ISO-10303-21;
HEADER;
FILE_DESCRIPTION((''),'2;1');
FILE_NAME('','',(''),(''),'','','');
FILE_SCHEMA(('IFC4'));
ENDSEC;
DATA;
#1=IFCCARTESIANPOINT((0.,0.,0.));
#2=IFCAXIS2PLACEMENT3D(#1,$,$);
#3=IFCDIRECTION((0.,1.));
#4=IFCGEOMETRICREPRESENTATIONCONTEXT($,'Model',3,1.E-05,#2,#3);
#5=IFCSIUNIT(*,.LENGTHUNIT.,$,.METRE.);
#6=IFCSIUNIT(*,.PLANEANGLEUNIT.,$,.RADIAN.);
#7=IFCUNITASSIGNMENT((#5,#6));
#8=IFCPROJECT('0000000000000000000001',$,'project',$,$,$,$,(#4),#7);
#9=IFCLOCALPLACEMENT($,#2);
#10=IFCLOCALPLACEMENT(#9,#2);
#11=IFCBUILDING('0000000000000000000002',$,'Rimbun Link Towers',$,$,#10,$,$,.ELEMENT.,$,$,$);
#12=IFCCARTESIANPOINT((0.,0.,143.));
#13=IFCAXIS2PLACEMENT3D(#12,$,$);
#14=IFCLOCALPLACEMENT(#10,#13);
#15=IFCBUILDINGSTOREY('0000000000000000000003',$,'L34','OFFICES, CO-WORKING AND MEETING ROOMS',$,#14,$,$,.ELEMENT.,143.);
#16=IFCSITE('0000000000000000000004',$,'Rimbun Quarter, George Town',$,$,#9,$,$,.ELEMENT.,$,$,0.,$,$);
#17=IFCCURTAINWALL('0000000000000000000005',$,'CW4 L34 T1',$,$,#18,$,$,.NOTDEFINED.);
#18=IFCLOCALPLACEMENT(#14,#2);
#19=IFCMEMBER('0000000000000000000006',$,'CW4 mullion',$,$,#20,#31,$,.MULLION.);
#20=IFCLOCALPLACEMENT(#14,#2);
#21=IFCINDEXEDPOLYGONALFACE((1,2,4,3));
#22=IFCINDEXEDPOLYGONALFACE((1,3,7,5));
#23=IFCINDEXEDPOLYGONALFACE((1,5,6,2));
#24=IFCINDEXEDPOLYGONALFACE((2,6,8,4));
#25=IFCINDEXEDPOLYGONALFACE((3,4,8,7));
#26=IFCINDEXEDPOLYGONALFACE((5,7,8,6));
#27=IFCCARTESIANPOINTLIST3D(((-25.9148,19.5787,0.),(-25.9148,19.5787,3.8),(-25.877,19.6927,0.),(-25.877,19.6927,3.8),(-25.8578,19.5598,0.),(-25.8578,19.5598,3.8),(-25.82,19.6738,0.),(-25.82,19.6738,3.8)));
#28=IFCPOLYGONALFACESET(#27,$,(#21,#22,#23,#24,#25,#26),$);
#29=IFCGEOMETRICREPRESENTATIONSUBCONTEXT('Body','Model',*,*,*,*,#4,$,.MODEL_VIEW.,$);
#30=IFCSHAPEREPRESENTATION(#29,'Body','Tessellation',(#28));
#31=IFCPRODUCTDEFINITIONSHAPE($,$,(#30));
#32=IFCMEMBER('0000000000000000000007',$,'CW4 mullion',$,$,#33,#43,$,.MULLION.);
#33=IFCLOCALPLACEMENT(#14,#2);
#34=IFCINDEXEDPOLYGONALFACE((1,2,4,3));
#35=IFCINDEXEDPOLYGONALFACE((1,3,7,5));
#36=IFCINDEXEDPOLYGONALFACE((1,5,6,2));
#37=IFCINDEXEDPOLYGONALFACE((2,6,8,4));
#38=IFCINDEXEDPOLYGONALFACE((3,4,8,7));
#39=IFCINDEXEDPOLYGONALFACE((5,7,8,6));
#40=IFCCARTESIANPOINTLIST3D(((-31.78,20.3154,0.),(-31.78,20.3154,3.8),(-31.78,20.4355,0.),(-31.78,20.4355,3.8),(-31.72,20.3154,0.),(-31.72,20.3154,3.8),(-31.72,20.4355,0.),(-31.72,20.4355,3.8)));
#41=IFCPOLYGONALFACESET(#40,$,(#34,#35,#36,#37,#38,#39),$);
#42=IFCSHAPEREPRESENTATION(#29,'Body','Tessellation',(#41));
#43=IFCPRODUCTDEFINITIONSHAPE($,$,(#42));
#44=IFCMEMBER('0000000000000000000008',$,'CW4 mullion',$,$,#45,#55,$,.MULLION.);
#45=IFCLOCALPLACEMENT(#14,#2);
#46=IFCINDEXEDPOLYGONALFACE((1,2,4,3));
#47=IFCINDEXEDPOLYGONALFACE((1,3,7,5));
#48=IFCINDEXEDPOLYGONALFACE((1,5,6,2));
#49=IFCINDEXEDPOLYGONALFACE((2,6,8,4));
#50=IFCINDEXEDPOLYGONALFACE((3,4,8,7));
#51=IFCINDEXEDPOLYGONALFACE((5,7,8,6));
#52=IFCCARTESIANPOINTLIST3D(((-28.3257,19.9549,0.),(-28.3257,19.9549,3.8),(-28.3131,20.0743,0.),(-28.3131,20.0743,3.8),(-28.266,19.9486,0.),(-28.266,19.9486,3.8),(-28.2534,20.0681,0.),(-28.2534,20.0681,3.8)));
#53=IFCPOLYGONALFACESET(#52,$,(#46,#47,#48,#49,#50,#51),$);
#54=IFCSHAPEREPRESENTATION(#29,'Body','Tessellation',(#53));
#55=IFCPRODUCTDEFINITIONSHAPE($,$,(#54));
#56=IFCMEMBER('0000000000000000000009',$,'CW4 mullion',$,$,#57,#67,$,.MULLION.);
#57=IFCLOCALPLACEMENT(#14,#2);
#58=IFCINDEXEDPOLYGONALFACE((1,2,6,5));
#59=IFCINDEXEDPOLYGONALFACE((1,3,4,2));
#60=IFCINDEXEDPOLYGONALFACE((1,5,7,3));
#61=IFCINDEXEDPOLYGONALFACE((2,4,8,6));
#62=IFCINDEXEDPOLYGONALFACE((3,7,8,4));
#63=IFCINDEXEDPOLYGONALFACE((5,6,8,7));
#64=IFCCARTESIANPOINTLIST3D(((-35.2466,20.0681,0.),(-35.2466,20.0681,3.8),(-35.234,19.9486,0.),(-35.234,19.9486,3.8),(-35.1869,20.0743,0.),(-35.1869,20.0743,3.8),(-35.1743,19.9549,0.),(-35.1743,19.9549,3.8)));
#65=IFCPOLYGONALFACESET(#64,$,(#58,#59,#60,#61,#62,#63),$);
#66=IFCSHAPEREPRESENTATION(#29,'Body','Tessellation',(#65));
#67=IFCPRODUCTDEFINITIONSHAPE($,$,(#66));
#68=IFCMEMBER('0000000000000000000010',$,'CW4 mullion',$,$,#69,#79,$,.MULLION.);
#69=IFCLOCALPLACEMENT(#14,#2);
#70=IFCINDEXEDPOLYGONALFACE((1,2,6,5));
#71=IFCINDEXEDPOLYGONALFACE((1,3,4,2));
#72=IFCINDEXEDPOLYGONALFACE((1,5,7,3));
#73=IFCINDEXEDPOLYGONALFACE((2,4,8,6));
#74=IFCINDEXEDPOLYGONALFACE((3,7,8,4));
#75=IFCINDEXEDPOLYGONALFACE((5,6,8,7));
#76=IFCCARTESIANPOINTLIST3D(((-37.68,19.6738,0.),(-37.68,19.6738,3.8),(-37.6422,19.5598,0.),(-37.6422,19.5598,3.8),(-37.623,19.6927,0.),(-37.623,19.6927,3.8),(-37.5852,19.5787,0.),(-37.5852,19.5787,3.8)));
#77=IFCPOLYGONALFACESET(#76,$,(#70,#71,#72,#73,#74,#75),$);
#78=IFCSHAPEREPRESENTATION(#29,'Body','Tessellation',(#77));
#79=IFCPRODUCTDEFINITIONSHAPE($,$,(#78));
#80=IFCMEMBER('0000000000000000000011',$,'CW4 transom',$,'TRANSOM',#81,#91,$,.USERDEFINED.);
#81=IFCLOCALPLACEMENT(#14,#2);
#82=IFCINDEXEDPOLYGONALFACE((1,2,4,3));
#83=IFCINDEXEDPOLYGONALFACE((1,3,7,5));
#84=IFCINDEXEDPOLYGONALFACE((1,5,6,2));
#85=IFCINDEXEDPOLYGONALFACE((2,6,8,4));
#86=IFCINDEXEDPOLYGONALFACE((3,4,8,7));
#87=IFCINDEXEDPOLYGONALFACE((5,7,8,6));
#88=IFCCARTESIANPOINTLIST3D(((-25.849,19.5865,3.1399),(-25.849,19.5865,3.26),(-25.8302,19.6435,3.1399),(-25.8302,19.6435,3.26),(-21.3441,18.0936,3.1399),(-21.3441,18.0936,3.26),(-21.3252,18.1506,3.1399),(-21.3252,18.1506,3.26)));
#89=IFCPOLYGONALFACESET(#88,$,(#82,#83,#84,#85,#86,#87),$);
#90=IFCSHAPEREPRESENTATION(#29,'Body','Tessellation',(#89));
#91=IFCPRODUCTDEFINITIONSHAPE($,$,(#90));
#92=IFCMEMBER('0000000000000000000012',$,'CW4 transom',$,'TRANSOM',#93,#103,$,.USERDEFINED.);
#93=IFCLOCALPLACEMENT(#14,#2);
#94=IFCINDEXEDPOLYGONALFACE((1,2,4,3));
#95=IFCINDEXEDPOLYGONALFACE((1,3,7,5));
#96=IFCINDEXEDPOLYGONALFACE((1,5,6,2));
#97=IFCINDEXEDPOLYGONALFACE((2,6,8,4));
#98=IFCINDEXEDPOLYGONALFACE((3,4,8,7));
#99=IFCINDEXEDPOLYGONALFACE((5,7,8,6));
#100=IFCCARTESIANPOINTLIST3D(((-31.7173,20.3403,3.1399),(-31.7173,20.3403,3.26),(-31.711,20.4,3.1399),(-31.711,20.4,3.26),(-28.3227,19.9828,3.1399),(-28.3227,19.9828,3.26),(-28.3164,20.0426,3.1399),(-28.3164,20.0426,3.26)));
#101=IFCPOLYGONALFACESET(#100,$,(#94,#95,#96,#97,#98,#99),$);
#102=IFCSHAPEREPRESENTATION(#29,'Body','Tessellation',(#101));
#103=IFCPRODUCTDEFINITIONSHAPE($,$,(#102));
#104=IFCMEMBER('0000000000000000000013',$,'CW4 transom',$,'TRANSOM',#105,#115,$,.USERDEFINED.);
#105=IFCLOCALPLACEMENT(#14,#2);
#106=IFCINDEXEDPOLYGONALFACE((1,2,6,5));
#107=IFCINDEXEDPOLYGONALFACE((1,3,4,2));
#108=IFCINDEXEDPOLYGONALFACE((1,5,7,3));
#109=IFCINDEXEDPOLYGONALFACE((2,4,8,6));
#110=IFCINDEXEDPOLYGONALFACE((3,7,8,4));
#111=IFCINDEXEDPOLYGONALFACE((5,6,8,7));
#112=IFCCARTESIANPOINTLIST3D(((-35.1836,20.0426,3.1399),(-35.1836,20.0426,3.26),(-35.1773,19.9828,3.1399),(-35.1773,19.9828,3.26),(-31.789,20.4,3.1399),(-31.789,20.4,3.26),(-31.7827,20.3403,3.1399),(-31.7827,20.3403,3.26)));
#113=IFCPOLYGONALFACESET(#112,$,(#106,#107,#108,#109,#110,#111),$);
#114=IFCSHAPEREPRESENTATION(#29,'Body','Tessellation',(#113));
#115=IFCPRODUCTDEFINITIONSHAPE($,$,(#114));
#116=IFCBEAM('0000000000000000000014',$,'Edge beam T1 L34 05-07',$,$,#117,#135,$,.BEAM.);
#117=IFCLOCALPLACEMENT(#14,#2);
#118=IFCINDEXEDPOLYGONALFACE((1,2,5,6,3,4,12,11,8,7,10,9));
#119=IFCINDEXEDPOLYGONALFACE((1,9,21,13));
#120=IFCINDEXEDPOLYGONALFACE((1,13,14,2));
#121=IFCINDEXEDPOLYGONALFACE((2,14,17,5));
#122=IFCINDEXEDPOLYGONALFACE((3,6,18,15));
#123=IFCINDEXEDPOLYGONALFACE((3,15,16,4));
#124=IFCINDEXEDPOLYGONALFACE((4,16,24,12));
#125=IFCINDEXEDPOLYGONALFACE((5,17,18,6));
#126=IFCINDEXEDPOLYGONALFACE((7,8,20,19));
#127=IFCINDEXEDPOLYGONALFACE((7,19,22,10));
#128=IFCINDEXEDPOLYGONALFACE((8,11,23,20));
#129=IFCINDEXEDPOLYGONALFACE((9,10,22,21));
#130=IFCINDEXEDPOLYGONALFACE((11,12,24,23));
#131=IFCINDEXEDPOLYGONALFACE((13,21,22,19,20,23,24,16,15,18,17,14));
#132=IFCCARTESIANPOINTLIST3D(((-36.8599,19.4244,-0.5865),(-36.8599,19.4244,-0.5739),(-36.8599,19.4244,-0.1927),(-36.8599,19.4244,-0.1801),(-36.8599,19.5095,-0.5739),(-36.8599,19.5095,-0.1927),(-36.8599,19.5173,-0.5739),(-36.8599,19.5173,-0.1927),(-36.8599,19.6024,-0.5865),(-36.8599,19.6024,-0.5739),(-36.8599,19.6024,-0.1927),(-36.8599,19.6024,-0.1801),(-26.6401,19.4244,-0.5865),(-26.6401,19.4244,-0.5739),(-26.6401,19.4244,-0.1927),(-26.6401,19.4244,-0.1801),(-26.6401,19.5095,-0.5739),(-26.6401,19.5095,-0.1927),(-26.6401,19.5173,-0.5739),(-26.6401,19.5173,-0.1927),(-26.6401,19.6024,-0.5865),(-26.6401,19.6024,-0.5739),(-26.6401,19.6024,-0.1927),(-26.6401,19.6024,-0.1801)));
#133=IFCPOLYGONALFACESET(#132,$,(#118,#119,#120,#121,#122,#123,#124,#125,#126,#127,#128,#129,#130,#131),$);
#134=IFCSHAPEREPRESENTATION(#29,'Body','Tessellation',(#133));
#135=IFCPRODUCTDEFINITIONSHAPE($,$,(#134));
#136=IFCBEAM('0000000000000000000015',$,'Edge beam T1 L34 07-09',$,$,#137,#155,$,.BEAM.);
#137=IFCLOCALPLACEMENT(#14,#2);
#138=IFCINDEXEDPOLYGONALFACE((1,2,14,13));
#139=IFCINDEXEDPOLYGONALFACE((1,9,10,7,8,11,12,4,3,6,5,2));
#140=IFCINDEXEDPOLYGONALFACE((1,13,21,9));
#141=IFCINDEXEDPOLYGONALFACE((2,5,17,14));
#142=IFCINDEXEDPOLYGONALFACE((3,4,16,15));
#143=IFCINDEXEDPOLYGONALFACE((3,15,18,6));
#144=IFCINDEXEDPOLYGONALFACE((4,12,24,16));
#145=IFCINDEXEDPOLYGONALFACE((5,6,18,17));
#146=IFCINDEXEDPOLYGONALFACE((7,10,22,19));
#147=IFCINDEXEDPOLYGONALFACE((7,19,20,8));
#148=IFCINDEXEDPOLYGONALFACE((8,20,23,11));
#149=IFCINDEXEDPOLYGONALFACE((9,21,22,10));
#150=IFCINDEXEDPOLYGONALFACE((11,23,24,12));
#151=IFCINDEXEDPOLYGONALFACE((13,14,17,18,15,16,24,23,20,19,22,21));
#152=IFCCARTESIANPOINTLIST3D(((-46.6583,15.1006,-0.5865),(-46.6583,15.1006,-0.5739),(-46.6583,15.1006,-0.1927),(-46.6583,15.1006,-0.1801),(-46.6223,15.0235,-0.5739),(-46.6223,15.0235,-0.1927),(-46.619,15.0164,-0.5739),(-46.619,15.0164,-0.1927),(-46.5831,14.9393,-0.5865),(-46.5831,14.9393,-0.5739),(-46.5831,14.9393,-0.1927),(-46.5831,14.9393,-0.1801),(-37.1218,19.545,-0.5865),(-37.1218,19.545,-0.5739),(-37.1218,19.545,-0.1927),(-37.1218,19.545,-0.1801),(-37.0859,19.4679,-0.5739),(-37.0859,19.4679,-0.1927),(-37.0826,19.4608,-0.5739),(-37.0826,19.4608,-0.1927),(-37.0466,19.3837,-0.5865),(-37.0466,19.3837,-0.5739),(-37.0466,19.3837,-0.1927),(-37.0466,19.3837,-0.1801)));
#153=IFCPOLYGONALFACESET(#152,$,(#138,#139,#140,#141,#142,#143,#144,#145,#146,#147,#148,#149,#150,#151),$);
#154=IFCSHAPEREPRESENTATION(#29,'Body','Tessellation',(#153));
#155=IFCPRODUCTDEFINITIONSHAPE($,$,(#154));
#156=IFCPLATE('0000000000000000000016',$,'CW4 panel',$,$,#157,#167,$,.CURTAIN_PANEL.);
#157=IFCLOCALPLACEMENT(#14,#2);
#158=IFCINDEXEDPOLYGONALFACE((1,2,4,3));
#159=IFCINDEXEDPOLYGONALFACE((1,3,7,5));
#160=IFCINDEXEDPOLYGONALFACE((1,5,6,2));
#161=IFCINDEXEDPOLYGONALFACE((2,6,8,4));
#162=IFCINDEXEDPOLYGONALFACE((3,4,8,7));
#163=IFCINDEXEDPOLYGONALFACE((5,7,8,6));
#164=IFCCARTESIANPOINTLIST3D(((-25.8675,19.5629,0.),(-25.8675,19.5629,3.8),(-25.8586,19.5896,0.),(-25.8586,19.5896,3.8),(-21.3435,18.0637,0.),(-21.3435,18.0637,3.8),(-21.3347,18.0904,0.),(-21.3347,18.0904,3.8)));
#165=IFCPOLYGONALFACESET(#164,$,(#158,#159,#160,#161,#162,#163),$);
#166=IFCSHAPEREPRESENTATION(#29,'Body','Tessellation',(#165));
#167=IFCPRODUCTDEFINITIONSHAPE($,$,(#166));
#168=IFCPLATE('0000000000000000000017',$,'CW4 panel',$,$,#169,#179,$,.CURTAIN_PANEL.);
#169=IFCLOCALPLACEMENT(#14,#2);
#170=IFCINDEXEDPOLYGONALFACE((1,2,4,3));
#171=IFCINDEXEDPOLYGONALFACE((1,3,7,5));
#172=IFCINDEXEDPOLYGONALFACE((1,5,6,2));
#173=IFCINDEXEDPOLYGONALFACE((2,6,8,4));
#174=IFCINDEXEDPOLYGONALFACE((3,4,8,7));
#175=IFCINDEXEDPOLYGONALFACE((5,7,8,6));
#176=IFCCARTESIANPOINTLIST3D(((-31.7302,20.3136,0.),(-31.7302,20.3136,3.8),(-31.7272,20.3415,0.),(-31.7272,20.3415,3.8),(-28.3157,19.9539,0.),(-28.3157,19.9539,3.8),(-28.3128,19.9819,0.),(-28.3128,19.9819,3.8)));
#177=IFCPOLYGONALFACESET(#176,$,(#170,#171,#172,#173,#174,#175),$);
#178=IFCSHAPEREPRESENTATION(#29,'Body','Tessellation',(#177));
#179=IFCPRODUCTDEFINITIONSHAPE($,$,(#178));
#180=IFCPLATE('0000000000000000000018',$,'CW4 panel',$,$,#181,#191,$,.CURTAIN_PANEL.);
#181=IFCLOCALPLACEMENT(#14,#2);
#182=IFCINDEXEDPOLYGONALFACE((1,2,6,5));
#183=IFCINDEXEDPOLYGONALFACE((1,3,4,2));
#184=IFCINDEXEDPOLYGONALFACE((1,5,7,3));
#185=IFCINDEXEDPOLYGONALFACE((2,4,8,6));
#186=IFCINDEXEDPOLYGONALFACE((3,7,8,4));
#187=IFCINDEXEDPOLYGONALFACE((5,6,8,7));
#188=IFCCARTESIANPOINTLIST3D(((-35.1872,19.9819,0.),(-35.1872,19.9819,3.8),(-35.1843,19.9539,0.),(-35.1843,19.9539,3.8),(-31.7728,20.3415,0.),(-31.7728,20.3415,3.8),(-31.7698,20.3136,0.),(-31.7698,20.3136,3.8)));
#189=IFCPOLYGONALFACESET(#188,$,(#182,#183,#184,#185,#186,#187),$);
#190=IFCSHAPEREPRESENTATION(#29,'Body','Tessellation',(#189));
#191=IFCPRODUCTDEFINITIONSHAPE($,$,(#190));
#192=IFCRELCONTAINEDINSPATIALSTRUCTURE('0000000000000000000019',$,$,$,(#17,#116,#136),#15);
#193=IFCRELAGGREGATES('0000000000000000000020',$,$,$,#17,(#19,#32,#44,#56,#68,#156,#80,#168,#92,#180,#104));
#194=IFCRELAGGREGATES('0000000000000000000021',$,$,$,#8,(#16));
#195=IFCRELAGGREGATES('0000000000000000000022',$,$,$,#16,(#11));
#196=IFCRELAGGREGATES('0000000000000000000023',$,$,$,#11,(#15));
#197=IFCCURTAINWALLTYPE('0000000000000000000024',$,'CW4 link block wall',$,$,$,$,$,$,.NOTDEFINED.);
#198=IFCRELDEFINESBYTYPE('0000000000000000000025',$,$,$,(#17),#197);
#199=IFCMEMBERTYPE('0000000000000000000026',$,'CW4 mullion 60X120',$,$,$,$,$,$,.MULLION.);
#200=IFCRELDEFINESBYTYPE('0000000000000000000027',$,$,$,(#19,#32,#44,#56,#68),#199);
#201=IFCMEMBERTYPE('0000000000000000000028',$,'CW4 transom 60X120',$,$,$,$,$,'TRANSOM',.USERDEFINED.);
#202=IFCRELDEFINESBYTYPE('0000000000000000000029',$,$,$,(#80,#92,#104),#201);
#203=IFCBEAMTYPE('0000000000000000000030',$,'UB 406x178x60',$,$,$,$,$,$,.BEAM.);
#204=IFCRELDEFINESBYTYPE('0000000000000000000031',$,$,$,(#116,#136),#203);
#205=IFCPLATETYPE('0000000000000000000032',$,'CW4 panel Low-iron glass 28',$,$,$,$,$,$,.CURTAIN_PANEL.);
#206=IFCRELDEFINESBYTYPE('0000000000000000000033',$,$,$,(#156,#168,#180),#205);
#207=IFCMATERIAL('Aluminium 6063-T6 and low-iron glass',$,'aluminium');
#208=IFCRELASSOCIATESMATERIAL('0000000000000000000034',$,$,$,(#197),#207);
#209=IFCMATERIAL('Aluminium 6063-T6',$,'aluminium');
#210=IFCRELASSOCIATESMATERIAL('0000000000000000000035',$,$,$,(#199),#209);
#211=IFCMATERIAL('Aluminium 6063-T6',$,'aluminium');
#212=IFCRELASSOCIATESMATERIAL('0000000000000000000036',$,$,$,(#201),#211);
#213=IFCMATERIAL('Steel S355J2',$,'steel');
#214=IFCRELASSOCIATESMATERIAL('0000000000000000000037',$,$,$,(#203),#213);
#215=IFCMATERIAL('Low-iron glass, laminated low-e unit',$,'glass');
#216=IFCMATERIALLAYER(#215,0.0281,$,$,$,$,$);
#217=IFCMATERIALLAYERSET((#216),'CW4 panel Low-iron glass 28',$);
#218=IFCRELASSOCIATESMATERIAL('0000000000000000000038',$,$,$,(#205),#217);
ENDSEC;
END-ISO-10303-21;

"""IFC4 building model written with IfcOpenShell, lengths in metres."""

from ifc_helpers import new_model, si_unit, direction, frame, origin, origin_2d, place, context, subcontext, project, spatial, rectangle, i_section, extrude, material, layer, layer_set, material_profile, profile_set, type_object, element, aggregate, save


model = new_model("IFC4")

# Units and contexts
model_context = context("Model", 3, precision=1e-05, world=origin(), true_north=direction((0.0, 1.0)))
body_context = subcontext(model_context, "Body", "Model", "MODEL_VIEW")
ifc_project = project(units=[si_unit("LENGTHUNIT", "METRE"), si_unit("PLANEANGLEUNIT", "RADIAN")], contexts=[model_context])

# Site, building, storey
site_placement = place(None, origin())
site = spatial("IfcSite", under=ifc_project, at=site_placement, Name="Rimbun Quarter, George Town", CompositionType="ELEMENT", RefElevation=0.0)
building_placement = place(site_placement, origin())
building = spatial("IfcBuilding", under=site, at=building_placement, Name="Rimbun Link Towers", CompositionType="ELEMENT")
storey_placement = place(building_placement, frame((0.0, 0.0, 143.0)))
storey = spatial("IfcBuildingStorey", under=building, at=storey_placement, Name="L34", Description="OFFICES, CO-WORKING AND MEETING ROOMS", CompositionType="ELEMENT", Elevation=143.0)

# Curtain wall, members
ifc_material_1 = material(Name="Aluminium 6063-T6 and low-iron glass", Category="aluminium")
curtain_wall_type = type_object("IfcCurtainWallType", Name="CW4 link block wall", PredefinedType="NOTDEFINED", material=ifc_material_1)
curtain_wall_placement = place(storey_placement, origin())
curtain_wall = element("IfcCurtainWall", 1, at=curtain_wall_placement, inside=storey, type_object=curtain_wall_type, Name="CW4 L34 T1", PredefinedType="NOTDEFINED")
ifc_material_2 = material(Name="Aluminium 6063-T6", Category="aluminium")
ifc_material_profile_1 = material_profile(ifc_material_2, rectangle(XDim=0.1201, YDim=0.0601, at=origin_2d()), Name="MULLION 60X120")
ifc_profile_set_1 = profile_set([ifc_material_profile_1], Name="Aluminium 6063-T6")
member_type_1 = type_object("IfcMemberType", Name="CW4 mullion 60X120", PredefinedType="MULLION", material=ifc_profile_set_1)
member_1_placement = place(storey_placement, frame((-25.8674, 19.6262, 0.0), z_axis=(0.0, 0.0, 1.0), x_axis=(0.314568, 0.949235, 0.0)))
member_1 = element("IfcMember", 2, at=member_1_placement, type_object=member_type_1, Name="CW4 mullion", PredefinedType="MULLION", context=body_context, shape_type="SweptSolid", body=[
    extrude(rectangle(XDim=0.1201, YDim=0.0601, at=origin_2d()), origin(), (0.0, 0.0, 1.0), 3.8),
])
member_2_placement = place(storey_placement, frame((-31.75, 20.3755, 0.0), z_axis=(0.0, 0.0, 1.0), x_axis=(0.0, 1.0, 0.0)))
member_2 = element("IfcMember", 3, at=member_2_placement, type_object=member_type_1, Name="CW4 mullion", PredefinedType="MULLION", context=body_context, shape_type="SweptSolid", body=[
    extrude(rectangle(XDim=0.1201, YDim=0.0601, at=origin_2d()), origin(), (0.0, 0.0, 1.0), 3.8),
])
member_3_placement = place(storey_placement, frame((-28.2896, 20.0115, 0.0), z_axis=(0.0, 0.0, 1.0), x_axis=(0.104745, 0.994499, 0.0)))
member_3 = element("IfcMember", 4, at=member_3_placement, type_object=member_type_1, Name="CW4 mullion", PredefinedType="MULLION", context=body_context, shape_type="SweptSolid", body=[
    extrude(rectangle(XDim=0.1201, YDim=0.0601, at=origin_2d()), origin(), (0.0, 0.0, 1.0), 3.8),
])
member_4_placement = place(storey_placement, frame((-35.2104, 20.0115, 0.0), z_axis=(0.0, 0.0, 1.0), x_axis=(-0.104745, 0.994499, 0.0)))
member_4 = element("IfcMember", 5, at=member_4_placement, type_object=member_type_1, Name="CW4 mullion", PredefinedType="MULLION", context=body_context, shape_type="SweptSolid", body=[
    extrude(rectangle(XDim=0.1201, YDim=0.0601, at=origin_2d()), origin(), (0.0, 0.0, 1.0), 3.8),
])
member_5_placement = place(storey_placement, frame((-37.6326, 19.6262, 0.0), z_axis=(0.0, 0.0, 1.0), x_axis=(-0.314568, 0.949235, 0.0)))
member_5 = element("IfcMember", 6, at=member_5_placement, type_object=member_type_1, Name="CW4 mullion", PredefinedType="MULLION", context=body_context, shape_type="SweptSolid", body=[
    extrude(rectangle(XDim=0.1201, YDim=0.0601, at=origin_2d()), origin(), (0.0, 0.0, 1.0), 3.8),
])
ifc_material_3 = material(Name="Aluminium 6063-T6", Category="aluminium")
ifc_material_profile_2 = material_profile(ifc_material_3, rectangle(XDim=0.0601, YDim=0.1201, at=origin_2d()), Name="TRANSOM 60X120")
ifc_profile_set_2 = profile_set([ifc_material_profile_2], Name="Aluminium 6063-T6")
member_type_2 = type_object("IfcMemberType", Name="CW4 transom 60X120", ElementType="TRANSOM", PredefinedType="USERDEFINED", material=ifc_profile_set_2)
member_6_placement = place(storey_placement, frame((-25.8396, 19.615, 3.2), z_axis=(0.949232, -0.314576, 0.0), x_axis=(0.314576, 0.949232, 0.0)))
member_6 = element("IfcMember", 7, at=member_6_placement, type_object=member_type_2, Name="CW4 transom", ObjectType="TRANSOM", PredefinedType="USERDEFINED", context=body_context, shape_type="SweptSolid", body=[
    extrude(rectangle(XDim=0.0601, YDim=0.1201, at=origin_2d()), origin(), (0.0, 0.0, 1.0), 4.7458),
])
member_7_placement = place(storey_placement, frame((-31.7141, 20.3701, 3.2), z_axis=(0.994502, -0.104715, 0.0), x_axis=(0.104715, 0.994502, 0.0)))
member_7 = element("IfcMember", 8, at=member_7_placement, type_object=member_type_2, Name="CW4 transom", ObjectType="TRANSOM", PredefinedType="USERDEFINED", context=body_context, shape_type="SweptSolid", body=[
    extrude(rectangle(XDim=0.0601, YDim=0.1201, at=origin_2d()), origin(), (0.0, 0.0, 1.0), 3.4133),
])
member_8_placement = place(storey_placement, frame((-35.1804, 20.0127, 3.2), z_axis=(0.994502, 0.104715, 0.0), x_axis=(-0.104715, 0.994502, 0.0)))
member_8 = element("IfcMember", 9, at=member_8_placement, type_object=member_type_2, Name="CW4 transom", ObjectType="TRANSOM", PredefinedType="USERDEFINED", context=body_context, shape_type="SweptSolid", body=[
    extrude(rectangle(XDim=0.0601, YDim=0.1201, at=origin_2d()), origin(), (0.0, 0.0, 1.0), 3.4133),
])

# Beams
ifc_material_4 = material(Name="Steel S355J2", Category="steel")
ifc_material_profile_3 = material_profile(ifc_material_4, i_section(OverallWidth=0.178, OverallDepth=0.4065, WebThickness=0.0078, FlangeThickness=0.0127, at=origin_2d()), Name="UB 406x178x60")
ifc_profile_set_3 = profile_set([ifc_material_profile_3], Name="Steel S355J2")
beam_type = type_object("IfcBeamType", Name="UB 406x178x60", PredefinedType="BEAM", material=ifc_profile_set_3)
beam_1_placement = place(storey_placement, frame((-26.6401, 19.5134, -0.3833), z_axis=(-1.0, 0.0, 0.0), x_axis=(0.0, -1.0, 0.0)))
element("IfcBeam", 10, at=beam_1_placement, inside=storey, type_object=beam_type, Name="Edge beam T1 L34 05-07", PredefinedType="BEAM", context=body_context, shape_type="SweptSolid", body=[
    extrude(i_section(OverallWidth=0.178, OverallDepth=0.4065, WebThickness=0.0078, FlangeThickness=0.0127, at=origin_2d()), origin(), (0.0, 0.0, 1.0), 10.2197),
])
beam_2_placement = place(storey_placement, frame((-37.0842, 19.4644, -0.3833), z_axis=(-0.906401, -0.422419, 0.0), x_axis=(0.422419, -0.906401, 0.0)))
element("IfcBeam", 11, at=beam_2_placement, inside=storey, type_object=beam_type, Name="Edge beam T1 L34 07-09", PredefinedType="BEAM", context=body_context, shape_type="SweptSolid", body=[
    extrude(i_section(OverallWidth=0.178, OverallDepth=0.4065, WebThickness=0.0078, FlangeThickness=0.0127, at=origin_2d()), origin(), (0.0, 0.0, 1.0), 10.5212),
])

# Plates
ifc_material_5 = material(Name="Low-iron glass, laminated low-e unit", Category="glass")
ifc_layer_1 = layer(ifc_material_5, 0.0281)
ifc_layer_set_1 = layer_set([ifc_layer_1], Name="CW4 panel Low-iron glass 28")
plate_type = type_object("IfcPlateType", Name="CW4 panel Low-iron glass 28", PredefinedType="CURTAIN_PANEL", material=ifc_layer_set_1)
plate_1_placement = place(storey_placement, frame((-23.6011, 18.8267, 0.0), z_axis=(0.0, 0.0, 1.0), x_axis=(0.949235, -0.314568, 0.0)))
plate_1 = element("IfcPlate", 12, at=plate_1_placement, type_object=plate_type, Name="CW4 panel", PredefinedType="CURTAIN_PANEL", context=body_context, shape_type="SweptSolid", body=[
    extrude(rectangle(XDim=4.7659, YDim=0.0281, at=origin_2d()), origin(), (0.0, 0.0, 1.0), 3.8),
])
plate_2_placement = place(storey_placement, frame((-30.0215, 20.1477, 0.0), z_axis=(0.0, 0.0, 1.0), x_axis=(0.994499, -0.104745, 0.0)))
plate_2 = element("IfcPlate", 13, at=plate_2_placement, type_object=plate_type, Name="CW4 panel", PredefinedType="CURTAIN_PANEL", context=body_context, shape_type="SweptSolid", body=[
    extrude(rectangle(XDim=3.4333, YDim=0.0281, at=origin_2d()), origin(), (0.0, 0.0, 1.0), 3.8),
])
plate_3_placement = place(storey_placement, frame((-33.4785, 20.1477, 0.0), z_axis=(0.0, 0.0, 1.0), x_axis=(0.994499, 0.104745, 0.0)))
plate_3 = element("IfcPlate", 14, at=plate_3_placement, type_object=plate_type, Name="CW4 panel", PredefinedType="CURTAIN_PANEL", context=body_context, shape_type="SweptSolid", body=[
    extrude(rectangle(XDim=3.4333, YDim=0.0281, at=origin_2d()), origin(), (0.0, 0.0, 1.0), 3.8),
])
aggregate(curtain_wall, [member_1, member_2, member_3, member_4, member_5, plate_1, member_6, plate_2, member_7, plate_3, member_8])

save(model, "model.ifc")
